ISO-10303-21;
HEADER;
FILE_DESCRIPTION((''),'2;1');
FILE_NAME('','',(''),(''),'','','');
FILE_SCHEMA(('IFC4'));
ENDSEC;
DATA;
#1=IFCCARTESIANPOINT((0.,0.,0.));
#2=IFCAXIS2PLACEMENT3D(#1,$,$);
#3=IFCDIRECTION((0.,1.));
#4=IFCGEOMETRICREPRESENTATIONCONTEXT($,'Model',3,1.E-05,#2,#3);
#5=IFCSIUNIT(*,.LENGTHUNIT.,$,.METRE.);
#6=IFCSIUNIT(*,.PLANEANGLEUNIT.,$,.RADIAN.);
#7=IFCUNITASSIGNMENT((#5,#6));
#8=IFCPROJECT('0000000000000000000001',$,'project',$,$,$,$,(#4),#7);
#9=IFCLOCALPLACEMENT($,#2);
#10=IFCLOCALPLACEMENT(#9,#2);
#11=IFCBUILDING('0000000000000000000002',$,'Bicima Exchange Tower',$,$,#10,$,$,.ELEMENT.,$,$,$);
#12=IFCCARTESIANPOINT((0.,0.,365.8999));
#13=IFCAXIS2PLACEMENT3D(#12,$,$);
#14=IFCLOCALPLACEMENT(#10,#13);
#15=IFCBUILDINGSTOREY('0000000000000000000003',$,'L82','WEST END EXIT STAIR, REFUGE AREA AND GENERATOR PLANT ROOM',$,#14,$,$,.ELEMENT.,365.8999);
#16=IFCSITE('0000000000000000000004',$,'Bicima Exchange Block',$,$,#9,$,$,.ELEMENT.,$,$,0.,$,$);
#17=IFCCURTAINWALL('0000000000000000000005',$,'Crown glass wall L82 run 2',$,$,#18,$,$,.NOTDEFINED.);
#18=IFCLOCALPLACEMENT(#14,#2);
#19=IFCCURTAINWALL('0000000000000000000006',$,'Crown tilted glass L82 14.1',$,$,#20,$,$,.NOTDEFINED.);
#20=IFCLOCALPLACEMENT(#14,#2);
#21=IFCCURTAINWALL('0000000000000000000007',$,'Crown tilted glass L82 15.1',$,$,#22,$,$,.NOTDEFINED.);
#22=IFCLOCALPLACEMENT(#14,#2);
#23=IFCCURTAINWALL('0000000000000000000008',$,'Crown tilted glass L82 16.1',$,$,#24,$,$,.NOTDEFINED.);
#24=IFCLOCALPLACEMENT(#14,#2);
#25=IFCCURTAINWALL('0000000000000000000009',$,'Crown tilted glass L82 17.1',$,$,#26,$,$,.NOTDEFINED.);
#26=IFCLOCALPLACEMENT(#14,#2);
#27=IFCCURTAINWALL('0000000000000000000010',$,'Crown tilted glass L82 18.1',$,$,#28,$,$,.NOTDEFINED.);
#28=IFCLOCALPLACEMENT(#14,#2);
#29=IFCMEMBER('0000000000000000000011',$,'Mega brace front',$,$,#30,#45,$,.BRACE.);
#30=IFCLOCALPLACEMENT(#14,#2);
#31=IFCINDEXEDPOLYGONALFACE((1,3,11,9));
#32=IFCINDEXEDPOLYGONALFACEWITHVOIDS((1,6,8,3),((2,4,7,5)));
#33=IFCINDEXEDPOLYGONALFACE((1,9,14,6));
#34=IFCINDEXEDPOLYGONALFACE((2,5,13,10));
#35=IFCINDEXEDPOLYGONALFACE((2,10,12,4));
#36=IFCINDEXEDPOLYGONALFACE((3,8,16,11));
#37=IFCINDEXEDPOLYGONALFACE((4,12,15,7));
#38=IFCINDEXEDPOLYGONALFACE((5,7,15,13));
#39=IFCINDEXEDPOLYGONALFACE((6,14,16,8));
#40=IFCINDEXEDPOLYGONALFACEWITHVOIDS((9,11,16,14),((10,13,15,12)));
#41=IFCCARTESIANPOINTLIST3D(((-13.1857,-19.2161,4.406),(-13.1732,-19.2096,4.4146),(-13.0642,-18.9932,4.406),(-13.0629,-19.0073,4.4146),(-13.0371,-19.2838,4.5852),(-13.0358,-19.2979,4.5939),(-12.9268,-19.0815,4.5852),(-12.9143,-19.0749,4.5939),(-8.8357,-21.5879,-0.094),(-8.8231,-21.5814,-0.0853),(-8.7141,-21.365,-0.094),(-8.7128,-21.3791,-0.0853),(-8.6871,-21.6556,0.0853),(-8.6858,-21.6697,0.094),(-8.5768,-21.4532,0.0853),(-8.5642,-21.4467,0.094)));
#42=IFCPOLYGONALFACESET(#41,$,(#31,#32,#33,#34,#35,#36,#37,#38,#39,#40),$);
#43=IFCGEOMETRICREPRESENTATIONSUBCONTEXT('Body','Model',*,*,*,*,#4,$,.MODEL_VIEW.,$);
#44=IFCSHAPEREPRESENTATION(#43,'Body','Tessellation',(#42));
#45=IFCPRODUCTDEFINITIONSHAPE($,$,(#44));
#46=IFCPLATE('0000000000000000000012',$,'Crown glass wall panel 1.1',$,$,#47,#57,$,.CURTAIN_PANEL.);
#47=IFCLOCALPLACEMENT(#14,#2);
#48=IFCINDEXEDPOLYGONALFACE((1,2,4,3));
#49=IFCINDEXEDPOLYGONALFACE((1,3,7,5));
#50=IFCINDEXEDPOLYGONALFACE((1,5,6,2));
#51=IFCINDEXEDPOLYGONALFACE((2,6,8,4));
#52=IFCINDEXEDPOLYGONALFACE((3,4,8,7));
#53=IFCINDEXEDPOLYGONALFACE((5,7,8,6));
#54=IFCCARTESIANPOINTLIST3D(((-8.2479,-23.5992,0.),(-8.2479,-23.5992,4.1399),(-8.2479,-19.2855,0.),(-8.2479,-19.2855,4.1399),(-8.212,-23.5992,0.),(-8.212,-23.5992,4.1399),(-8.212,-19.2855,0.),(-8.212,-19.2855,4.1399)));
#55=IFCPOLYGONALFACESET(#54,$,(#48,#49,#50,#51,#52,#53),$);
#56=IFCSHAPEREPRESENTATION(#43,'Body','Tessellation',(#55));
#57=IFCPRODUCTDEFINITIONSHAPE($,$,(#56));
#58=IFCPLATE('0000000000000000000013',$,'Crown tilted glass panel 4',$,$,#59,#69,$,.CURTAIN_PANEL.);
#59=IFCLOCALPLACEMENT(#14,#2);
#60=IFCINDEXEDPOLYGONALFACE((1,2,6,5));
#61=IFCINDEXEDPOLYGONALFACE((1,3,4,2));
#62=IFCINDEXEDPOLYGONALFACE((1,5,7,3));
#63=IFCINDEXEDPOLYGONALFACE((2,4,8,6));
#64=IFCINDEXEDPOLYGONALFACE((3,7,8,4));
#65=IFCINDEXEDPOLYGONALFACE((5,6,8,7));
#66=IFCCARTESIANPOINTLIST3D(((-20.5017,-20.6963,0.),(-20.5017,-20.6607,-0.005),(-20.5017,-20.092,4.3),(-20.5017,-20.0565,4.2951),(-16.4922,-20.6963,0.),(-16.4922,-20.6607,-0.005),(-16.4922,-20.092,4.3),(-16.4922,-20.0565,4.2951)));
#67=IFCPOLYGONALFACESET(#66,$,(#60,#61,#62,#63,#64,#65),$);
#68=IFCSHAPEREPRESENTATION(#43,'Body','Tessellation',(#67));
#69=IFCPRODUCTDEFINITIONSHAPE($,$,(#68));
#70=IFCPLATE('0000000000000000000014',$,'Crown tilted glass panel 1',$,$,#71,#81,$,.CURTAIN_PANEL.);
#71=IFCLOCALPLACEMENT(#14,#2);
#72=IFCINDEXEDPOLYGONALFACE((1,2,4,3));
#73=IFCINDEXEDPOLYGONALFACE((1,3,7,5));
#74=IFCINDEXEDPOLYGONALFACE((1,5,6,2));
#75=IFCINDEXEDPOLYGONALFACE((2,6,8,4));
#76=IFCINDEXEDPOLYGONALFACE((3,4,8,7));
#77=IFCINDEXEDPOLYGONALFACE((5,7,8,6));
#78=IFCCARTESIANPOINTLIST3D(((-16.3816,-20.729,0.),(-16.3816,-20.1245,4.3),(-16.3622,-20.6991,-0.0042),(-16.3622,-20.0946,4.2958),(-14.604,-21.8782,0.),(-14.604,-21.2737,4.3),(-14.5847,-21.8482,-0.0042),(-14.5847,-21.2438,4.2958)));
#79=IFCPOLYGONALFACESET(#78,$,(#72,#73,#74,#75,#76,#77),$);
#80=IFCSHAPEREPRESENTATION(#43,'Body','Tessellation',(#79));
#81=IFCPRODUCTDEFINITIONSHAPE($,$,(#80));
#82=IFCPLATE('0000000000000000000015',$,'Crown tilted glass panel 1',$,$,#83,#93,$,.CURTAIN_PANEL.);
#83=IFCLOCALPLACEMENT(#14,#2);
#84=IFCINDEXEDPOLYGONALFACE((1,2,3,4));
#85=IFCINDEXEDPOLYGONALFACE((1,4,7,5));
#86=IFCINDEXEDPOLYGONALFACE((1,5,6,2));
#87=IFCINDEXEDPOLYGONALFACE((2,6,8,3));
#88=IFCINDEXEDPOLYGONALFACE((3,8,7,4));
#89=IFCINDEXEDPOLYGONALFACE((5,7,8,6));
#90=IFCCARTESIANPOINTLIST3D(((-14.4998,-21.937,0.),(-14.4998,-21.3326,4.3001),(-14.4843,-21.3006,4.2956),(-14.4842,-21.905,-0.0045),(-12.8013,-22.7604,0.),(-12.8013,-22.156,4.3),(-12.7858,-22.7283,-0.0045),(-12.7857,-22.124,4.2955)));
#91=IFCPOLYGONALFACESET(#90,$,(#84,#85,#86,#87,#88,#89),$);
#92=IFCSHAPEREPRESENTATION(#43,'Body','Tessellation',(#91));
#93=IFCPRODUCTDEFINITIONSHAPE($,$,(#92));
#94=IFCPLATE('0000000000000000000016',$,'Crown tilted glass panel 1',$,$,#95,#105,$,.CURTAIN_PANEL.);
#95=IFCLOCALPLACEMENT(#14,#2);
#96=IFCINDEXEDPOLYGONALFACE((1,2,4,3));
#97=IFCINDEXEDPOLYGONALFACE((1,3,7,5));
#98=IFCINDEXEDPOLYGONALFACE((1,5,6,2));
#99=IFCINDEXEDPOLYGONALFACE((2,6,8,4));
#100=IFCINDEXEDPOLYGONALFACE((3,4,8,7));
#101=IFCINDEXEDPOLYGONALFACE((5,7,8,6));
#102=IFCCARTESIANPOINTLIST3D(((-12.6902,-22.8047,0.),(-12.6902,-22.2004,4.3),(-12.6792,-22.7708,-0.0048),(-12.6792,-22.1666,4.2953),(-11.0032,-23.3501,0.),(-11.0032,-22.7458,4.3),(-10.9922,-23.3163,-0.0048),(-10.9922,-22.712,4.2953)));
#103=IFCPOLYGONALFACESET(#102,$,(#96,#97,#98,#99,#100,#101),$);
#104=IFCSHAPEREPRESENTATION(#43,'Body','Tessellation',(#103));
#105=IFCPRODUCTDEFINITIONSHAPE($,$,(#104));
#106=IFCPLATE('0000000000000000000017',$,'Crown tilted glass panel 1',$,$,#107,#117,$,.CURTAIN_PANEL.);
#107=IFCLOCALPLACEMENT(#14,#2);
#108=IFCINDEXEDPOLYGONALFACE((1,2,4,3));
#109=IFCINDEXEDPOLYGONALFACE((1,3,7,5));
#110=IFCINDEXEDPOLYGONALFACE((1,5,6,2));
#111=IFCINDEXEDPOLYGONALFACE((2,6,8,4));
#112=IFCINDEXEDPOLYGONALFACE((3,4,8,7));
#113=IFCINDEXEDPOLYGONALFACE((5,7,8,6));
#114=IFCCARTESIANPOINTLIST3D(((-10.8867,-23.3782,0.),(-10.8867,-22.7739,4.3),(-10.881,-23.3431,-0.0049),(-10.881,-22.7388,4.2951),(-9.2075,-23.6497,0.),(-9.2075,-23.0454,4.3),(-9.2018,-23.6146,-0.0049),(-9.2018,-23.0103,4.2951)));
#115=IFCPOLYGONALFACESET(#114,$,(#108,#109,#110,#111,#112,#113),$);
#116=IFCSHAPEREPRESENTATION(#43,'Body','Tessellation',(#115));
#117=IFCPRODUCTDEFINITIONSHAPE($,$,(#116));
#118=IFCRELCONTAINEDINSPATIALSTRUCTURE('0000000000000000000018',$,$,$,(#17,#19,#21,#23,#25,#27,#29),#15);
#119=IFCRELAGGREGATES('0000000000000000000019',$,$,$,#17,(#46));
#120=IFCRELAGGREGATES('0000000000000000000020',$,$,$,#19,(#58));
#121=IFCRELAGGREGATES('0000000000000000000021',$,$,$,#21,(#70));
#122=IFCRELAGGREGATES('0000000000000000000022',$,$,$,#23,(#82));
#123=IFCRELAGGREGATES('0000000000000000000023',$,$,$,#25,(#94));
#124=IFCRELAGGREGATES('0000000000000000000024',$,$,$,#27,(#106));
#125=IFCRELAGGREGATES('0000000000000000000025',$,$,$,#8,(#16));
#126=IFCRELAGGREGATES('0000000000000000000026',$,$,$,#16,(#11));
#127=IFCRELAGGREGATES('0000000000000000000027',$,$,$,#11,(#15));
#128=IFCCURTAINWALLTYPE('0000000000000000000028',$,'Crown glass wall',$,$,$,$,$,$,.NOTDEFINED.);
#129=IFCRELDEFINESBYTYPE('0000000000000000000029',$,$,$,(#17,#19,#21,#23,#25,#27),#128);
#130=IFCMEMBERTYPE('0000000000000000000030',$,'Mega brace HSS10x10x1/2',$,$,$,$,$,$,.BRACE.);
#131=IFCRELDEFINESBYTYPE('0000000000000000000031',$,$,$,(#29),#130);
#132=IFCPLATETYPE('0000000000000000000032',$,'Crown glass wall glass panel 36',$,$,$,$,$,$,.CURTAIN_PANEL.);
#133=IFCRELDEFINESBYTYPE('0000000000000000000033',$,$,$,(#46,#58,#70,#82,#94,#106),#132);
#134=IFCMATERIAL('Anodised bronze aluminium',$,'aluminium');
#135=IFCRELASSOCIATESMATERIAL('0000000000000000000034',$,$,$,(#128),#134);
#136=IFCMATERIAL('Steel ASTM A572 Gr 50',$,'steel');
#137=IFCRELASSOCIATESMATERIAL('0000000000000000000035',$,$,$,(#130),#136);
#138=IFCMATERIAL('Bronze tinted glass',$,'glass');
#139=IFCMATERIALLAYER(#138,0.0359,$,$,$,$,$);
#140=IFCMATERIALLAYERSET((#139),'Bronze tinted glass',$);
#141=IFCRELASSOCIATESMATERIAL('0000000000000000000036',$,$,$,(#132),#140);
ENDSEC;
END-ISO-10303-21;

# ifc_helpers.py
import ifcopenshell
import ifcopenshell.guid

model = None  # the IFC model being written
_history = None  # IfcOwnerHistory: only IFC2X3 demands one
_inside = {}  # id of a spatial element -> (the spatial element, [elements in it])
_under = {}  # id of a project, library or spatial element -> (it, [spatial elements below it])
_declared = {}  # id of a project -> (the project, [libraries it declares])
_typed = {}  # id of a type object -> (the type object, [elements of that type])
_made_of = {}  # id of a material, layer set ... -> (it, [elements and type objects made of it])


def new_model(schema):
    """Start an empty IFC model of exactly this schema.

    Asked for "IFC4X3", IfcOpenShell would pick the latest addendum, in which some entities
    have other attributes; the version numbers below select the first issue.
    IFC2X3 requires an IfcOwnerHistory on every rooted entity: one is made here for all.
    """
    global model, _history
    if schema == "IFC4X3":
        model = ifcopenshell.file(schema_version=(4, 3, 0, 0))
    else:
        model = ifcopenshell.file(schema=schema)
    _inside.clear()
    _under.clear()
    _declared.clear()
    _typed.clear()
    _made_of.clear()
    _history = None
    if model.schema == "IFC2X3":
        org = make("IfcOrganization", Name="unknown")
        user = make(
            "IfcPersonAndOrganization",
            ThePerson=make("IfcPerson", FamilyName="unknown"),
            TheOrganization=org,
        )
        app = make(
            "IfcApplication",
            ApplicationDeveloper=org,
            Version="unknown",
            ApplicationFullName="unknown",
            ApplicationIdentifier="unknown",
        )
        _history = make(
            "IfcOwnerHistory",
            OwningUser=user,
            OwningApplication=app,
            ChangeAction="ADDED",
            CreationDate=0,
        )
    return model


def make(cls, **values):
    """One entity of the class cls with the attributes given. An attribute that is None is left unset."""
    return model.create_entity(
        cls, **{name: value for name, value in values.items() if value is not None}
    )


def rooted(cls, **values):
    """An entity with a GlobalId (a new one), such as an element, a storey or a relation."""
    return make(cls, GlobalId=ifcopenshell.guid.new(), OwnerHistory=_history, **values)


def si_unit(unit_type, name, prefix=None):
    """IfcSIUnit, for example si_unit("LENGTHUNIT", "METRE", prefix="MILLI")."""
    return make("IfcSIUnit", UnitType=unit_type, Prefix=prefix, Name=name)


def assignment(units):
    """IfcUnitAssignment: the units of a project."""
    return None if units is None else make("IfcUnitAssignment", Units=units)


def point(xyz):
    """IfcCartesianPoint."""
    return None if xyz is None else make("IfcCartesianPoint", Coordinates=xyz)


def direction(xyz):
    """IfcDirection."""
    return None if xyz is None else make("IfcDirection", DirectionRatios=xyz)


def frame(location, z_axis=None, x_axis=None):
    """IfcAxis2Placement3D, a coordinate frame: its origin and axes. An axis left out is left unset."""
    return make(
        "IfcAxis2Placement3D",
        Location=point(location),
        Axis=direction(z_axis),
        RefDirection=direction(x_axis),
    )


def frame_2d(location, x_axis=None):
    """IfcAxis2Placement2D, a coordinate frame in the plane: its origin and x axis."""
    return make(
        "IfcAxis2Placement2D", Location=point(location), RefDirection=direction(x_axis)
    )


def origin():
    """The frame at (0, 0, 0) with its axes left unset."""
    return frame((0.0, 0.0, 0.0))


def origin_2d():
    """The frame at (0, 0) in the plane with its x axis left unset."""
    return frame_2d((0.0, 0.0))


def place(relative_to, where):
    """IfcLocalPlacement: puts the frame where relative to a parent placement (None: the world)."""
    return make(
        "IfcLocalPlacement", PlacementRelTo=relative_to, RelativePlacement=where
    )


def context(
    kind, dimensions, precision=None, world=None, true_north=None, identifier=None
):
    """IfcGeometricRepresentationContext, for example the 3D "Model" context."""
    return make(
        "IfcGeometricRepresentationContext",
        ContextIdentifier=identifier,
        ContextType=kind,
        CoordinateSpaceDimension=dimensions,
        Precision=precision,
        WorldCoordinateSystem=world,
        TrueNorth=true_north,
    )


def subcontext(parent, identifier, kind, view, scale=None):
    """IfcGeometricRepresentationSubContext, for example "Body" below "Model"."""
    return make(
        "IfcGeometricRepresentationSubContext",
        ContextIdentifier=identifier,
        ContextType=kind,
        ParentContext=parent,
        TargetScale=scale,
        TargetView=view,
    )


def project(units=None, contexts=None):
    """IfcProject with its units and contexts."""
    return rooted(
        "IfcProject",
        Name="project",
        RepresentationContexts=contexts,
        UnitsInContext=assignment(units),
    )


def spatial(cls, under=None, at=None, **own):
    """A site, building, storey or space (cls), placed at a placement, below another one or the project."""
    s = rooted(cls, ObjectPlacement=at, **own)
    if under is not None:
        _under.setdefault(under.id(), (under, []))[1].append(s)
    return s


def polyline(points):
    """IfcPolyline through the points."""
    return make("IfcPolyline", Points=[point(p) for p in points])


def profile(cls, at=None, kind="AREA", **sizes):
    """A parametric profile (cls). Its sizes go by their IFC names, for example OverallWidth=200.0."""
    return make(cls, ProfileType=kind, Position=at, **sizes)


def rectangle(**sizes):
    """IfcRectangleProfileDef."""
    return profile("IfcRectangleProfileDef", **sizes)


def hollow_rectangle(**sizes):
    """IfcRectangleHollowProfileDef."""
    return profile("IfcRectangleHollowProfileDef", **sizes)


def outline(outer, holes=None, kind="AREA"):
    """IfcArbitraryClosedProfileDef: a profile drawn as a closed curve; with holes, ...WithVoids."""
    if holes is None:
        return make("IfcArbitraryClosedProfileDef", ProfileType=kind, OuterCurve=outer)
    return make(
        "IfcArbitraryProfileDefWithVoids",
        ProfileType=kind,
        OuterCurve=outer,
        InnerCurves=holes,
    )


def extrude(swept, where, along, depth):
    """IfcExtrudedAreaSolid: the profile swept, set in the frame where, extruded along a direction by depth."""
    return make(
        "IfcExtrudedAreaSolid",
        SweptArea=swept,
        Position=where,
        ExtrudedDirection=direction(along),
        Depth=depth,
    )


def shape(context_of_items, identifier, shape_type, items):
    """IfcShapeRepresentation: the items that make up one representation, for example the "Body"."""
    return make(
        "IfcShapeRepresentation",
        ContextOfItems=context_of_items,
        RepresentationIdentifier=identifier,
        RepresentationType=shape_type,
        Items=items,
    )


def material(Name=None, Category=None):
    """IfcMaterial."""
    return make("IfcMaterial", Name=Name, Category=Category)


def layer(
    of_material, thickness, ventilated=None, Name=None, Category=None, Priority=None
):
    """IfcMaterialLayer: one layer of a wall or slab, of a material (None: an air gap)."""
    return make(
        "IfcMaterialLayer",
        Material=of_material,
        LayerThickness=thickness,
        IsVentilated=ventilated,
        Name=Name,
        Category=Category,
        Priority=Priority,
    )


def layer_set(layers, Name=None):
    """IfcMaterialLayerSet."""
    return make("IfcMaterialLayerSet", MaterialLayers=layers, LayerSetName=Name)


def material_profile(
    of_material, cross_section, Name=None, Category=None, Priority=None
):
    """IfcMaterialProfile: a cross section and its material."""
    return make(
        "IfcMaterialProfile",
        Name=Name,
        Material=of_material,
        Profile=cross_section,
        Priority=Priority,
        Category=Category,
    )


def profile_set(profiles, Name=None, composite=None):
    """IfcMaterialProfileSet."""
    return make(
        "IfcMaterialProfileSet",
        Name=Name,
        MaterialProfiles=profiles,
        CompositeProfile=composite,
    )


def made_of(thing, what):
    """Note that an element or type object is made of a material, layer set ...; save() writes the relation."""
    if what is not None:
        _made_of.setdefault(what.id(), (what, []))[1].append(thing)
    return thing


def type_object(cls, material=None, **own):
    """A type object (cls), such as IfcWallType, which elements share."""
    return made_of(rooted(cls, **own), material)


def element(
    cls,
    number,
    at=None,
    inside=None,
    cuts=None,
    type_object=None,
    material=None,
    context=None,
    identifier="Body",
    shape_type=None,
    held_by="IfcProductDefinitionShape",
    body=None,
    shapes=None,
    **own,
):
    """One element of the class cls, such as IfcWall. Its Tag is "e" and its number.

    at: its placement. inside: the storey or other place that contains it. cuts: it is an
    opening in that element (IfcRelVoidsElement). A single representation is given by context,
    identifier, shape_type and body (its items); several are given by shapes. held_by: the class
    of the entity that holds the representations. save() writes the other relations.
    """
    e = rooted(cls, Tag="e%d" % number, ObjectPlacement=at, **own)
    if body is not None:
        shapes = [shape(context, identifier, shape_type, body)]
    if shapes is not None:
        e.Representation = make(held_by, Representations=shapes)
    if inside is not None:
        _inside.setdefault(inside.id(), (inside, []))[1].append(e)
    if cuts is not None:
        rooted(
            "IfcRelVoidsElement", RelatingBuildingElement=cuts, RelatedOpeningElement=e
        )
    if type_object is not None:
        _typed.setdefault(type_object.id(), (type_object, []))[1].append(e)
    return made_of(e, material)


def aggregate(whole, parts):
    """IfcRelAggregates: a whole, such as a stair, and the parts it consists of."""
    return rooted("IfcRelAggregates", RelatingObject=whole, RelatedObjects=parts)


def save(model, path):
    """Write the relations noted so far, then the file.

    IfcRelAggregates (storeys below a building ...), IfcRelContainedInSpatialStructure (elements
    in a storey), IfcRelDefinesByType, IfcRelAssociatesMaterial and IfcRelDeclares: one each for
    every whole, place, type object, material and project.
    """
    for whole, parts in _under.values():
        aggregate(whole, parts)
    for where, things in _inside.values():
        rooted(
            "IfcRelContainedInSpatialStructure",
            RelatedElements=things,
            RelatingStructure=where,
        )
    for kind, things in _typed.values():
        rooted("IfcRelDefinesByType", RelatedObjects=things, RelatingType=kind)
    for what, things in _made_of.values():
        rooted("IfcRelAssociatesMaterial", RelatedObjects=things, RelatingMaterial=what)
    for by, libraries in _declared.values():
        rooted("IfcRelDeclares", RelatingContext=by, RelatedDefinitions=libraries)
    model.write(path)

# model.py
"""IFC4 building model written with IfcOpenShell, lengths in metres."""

from ifc_helpers import new_model, si_unit, direction, frame, origin, origin_2d, place, context, subcontext, project, spatial, polyline, rectangle, hollow_rectangle, outline, extrude, material, layer, layer_set, material_profile, profile_set, type_object, element, aggregate, save


model = new_model("IFC4")

# Units and contexts
model_context = context("Model", 3, precision=1e-05, world=origin(), true_north=direction((0.0, 1.0)))
body_context = subcontext(model_context, "Body", "Model", "MODEL_VIEW")
ifc_project = project(units=[si_unit("LENGTHUNIT", "METRE"), si_unit("PLANEANGLEUNIT", "RADIAN")], contexts=[model_context])

# Site, building, storey
site_placement = place(None, origin())
site = spatial("IfcSite", under=ifc_project, at=site_placement, Name="Bicima Exchange Block", CompositionType="ELEMENT", RefElevation=0.0)
building_placement = place(site_placement, origin())
building = spatial("IfcBuilding", under=site, at=building_placement, Name="Bicima Exchange Tower", CompositionType="ELEMENT")
storey_placement = place(building_placement, frame((0.0, 0.0, 365.8999)))
storey = spatial("IfcBuildingStorey", under=building, at=storey_placement, Name="L82", Description="WEST END EXIT STAIR, REFUGE AREA AND GENERATOR PLANT ROOM", CompositionType="ELEMENT", Elevation=365.8999)

# Curtain walls
ifc_material_1 = material(Name="Anodised bronze aluminium", Category="aluminium")
curtain_wall_type = type_object("IfcCurtainWallType", Name="Crown glass wall", PredefinedType="NOTDEFINED", material=ifc_material_1)
curtain_wall_1_placement = place(storey_placement, origin())
curtain_wall_1 = element("IfcCurtainWall", 1, at=curtain_wall_1_placement, inside=storey, type_object=curtain_wall_type, Name="Crown glass wall L82 run 2", PredefinedType="NOTDEFINED")
curtain_wall_2_placement = place(storey_placement, origin())
curtain_wall_2 = element("IfcCurtainWall", 2, at=curtain_wall_2_placement, inside=storey, type_object=curtain_wall_type, Name="Crown tilted glass L82 14.1", PredefinedType="NOTDEFINED")
curtain_wall_3_placement = place(storey_placement, origin())
curtain_wall_3 = element("IfcCurtainWall", 3, at=curtain_wall_3_placement, inside=storey, type_object=curtain_wall_type, Name="Crown tilted glass L82 15.1", PredefinedType="NOTDEFINED")
curtain_wall_4_placement = place(storey_placement, origin())
curtain_wall_4 = element("IfcCurtainWall", 4, at=curtain_wall_4_placement, inside=storey, type_object=curtain_wall_type, Name="Crown tilted glass L82 16.1", PredefinedType="NOTDEFINED")
curtain_wall_5_placement = place(storey_placement, origin())
curtain_wall_5 = element("IfcCurtainWall", 5, at=curtain_wall_5_placement, inside=storey, type_object=curtain_wall_type, Name="Crown tilted glass L82 17.1", PredefinedType="NOTDEFINED")
curtain_wall_6_placement = place(storey_placement, origin())
curtain_wall_6 = element("IfcCurtainWall", 6, at=curtain_wall_6_placement, inside=storey, type_object=curtain_wall_type, Name="Crown tilted glass L82 18.1", PredefinedType="NOTDEFINED")

# Member
ifc_material_2 = material(Name="Steel ASTM A572 Gr 50", Category="steel")
ifc_material_profile_1 = material_profile(ifc_material_2, hollow_rectangle(XDim=0.2539, YDim=0.2539, WallThickness=0.0117, at=origin_2d()))
ifc_profile_set_1 = profile_set([ifc_material_profile_1], Name="Steel ASTM A572 Gr 50")
member_type_1 = type_object("IfcMemberType", Name="Mega brace HSS10x10x1/2", PredefinedType="BRACE", material=ifc_profile_set_1)
member_1_placement = place(storey_placement, frame((-8.7, -21.5173, 0.0), z_axis=(-0.649928, 0.354364, 0.672324), x_axis=(-0.478704, -0.877977, 0.0)))
element("IfcMember", 7, at=member_1_placement, inside=storey, type_object=member_type_1, Name="Mega brace front", PredefinedType="BRACE", context=body_context, shape_type="SweptSolid", body=[
    extrude(hollow_rectangle(XDim=0.2539, YDim=0.2539, WallThickness=0.0117, at=origin_2d()), origin(), (0.0, 0.0, 1.0), 6.6931),
])

# Plates
ifc_material_3 = material(Name="Bronze tinted glass", Category="glass")
ifc_layer = layer(ifc_material_3, 0.0359)
ifc_layer_set = layer_set([ifc_layer], Name="Bronze tinted glass")
plate_type = type_object("IfcPlateType", Name="Crown glass wall glass panel 36", PredefinedType="CURTAIN_PANEL", material=ifc_layer_set)
plate_1_placement = place(storey_placement, frame((-8.23, -21.4424, 0.0), z_axis=(0.0, 0.0, 1.0), x_axis=(0.0, 1.0, 0.0)))
plate_1 = element("IfcPlate", 8, at=plate_1_placement, type_object=plate_type, Name="Crown glass wall panel 1.1", PredefinedType="CURTAIN_PANEL", context=body_context, shape_type="SweptSolid", body=[
    extrude(rectangle(XDim=4.3137, YDim=0.0359, at=origin_2d()), origin(), (0.0, 0.0, 1.0), 4.1399),
])
aggregate(curtain_wall_1, [plate_1])
plate_2_placement = place(storey_placement, frame((-20.5017, -20.6963, 0.0), z_axis=(0.0, -0.990271, 0.139154), x_axis=(1.0, 0.0, 0.0)))
plate_2 = element("IfcPlate", 9, at=plate_2_placement, type_object=plate_type, Name="Crown tilted glass panel 4", PredefinedType="CURTAIN_PANEL", context=body_context, shape_type="SweptSolid", body=[
    extrude(outline(polyline([(0.0, 0.0), (4.0095, 0.0), (4.0095, 4.3423), (0.0, 4.3423), (0.0, 0.0)])), origin(), (0.0, 0.0, -1.0), 0.0359),
])
aggregate(curtain_wall_2, [plate_2])
plate_3_placement = place(storey_placement, frame((-16.3816, -20.729, 0.0), z_axis=(-0.539163, -0.834001, 0.117242), x_axis=(0.839793, -0.542907, 0.0)))
plate_3 = element("IfcPlate", 10, at=plate_3_placement, type_object=plate_type, Name="Crown tilted glass panel 1", PredefinedType="CURTAIN_PANEL", context=body_context, shape_type="SweptSolid", body=[
    extrude(outline(polyline([(0.0, 0.0), (2.1167, 0.0), (1.7885, 4.3299), (-0.3282, 4.3299), (0.0, 0.0)])), origin(), (0.0, 0.0, -1.0), 0.0359),
])
aggregate(curtain_wall_3, [plate_3])
plate_4_placement = place(storey_placement, frame((-14.4998, -21.937, 0.0), z_axis=(-0.432764, -0.892733, 0.125473), x_axis=(0.899845, -0.436211, 0.000007)))
plate_4 = element("IfcPlate", 11, at=plate_4_placement, type_object=plate_type, Name="Crown tilted glass panel 1", PredefinedType="CURTAIN_PANEL", context=body_context, shape_type="SweptSolid", body=[
    extrude(outline(polyline([(0.0, 0.0), (1.8875, 0.0), (1.6239, 4.3343), (-0.2637, 4.3343), (0.0, 0.0)])), origin(), (0.0, 0.0, -1.0), 0.0359),
])
aggregate(curtain_wall_4, [plate_4])
plate_5_placement = place(storey_placement, frame((-12.6902, -22.8047, 0.0), z_axis=(-0.304909, -0.943116, 0.132528), x_axis=(0.951509, -0.307622, 0.0)))
plate_5 = element("IfcPlate", 12, at=plate_5_placement, type_object=plate_type, Name="Crown tilted glass panel 1", PredefinedType="CURTAIN_PANEL", context=body_context, shape_type="SweptSolid", body=[
    extrude(outline(polyline([(0.0, 0.0), (1.773, 0.0), (1.5871, 4.3383), (-0.1859, 4.3383), (0.0, 0.0)])), origin(), (0.0, 0.0, -1.0), 0.0359),
])
aggregate(curtain_wall_5, [plate_5])
plate_6_placement = place(storey_placement, frame((-10.8867, -23.3782, 0.0), z_axis=(-0.158089, -0.977818, 0.137404), x_axis=(0.987181, -0.159602, 0.0)))
plate_6 = element("IfcPlate", 13, at=plate_6_placement, type_object=plate_type, Name="Crown tilted glass panel 1", PredefinedType="CURTAIN_PANEL", context=body_context, shape_type="SweptSolid", body=[
    extrude(outline(polyline([(0.0, 0.0), (1.701, 0.0), (1.6046, 4.3412), (-0.0964, 4.3412), (0.0, 0.0)])), origin(), (0.0, 0.0, -1.0), 0.0359),
])
aggregate(curtain_wall_6, [plate_6])

save(model, "model.ifc")
